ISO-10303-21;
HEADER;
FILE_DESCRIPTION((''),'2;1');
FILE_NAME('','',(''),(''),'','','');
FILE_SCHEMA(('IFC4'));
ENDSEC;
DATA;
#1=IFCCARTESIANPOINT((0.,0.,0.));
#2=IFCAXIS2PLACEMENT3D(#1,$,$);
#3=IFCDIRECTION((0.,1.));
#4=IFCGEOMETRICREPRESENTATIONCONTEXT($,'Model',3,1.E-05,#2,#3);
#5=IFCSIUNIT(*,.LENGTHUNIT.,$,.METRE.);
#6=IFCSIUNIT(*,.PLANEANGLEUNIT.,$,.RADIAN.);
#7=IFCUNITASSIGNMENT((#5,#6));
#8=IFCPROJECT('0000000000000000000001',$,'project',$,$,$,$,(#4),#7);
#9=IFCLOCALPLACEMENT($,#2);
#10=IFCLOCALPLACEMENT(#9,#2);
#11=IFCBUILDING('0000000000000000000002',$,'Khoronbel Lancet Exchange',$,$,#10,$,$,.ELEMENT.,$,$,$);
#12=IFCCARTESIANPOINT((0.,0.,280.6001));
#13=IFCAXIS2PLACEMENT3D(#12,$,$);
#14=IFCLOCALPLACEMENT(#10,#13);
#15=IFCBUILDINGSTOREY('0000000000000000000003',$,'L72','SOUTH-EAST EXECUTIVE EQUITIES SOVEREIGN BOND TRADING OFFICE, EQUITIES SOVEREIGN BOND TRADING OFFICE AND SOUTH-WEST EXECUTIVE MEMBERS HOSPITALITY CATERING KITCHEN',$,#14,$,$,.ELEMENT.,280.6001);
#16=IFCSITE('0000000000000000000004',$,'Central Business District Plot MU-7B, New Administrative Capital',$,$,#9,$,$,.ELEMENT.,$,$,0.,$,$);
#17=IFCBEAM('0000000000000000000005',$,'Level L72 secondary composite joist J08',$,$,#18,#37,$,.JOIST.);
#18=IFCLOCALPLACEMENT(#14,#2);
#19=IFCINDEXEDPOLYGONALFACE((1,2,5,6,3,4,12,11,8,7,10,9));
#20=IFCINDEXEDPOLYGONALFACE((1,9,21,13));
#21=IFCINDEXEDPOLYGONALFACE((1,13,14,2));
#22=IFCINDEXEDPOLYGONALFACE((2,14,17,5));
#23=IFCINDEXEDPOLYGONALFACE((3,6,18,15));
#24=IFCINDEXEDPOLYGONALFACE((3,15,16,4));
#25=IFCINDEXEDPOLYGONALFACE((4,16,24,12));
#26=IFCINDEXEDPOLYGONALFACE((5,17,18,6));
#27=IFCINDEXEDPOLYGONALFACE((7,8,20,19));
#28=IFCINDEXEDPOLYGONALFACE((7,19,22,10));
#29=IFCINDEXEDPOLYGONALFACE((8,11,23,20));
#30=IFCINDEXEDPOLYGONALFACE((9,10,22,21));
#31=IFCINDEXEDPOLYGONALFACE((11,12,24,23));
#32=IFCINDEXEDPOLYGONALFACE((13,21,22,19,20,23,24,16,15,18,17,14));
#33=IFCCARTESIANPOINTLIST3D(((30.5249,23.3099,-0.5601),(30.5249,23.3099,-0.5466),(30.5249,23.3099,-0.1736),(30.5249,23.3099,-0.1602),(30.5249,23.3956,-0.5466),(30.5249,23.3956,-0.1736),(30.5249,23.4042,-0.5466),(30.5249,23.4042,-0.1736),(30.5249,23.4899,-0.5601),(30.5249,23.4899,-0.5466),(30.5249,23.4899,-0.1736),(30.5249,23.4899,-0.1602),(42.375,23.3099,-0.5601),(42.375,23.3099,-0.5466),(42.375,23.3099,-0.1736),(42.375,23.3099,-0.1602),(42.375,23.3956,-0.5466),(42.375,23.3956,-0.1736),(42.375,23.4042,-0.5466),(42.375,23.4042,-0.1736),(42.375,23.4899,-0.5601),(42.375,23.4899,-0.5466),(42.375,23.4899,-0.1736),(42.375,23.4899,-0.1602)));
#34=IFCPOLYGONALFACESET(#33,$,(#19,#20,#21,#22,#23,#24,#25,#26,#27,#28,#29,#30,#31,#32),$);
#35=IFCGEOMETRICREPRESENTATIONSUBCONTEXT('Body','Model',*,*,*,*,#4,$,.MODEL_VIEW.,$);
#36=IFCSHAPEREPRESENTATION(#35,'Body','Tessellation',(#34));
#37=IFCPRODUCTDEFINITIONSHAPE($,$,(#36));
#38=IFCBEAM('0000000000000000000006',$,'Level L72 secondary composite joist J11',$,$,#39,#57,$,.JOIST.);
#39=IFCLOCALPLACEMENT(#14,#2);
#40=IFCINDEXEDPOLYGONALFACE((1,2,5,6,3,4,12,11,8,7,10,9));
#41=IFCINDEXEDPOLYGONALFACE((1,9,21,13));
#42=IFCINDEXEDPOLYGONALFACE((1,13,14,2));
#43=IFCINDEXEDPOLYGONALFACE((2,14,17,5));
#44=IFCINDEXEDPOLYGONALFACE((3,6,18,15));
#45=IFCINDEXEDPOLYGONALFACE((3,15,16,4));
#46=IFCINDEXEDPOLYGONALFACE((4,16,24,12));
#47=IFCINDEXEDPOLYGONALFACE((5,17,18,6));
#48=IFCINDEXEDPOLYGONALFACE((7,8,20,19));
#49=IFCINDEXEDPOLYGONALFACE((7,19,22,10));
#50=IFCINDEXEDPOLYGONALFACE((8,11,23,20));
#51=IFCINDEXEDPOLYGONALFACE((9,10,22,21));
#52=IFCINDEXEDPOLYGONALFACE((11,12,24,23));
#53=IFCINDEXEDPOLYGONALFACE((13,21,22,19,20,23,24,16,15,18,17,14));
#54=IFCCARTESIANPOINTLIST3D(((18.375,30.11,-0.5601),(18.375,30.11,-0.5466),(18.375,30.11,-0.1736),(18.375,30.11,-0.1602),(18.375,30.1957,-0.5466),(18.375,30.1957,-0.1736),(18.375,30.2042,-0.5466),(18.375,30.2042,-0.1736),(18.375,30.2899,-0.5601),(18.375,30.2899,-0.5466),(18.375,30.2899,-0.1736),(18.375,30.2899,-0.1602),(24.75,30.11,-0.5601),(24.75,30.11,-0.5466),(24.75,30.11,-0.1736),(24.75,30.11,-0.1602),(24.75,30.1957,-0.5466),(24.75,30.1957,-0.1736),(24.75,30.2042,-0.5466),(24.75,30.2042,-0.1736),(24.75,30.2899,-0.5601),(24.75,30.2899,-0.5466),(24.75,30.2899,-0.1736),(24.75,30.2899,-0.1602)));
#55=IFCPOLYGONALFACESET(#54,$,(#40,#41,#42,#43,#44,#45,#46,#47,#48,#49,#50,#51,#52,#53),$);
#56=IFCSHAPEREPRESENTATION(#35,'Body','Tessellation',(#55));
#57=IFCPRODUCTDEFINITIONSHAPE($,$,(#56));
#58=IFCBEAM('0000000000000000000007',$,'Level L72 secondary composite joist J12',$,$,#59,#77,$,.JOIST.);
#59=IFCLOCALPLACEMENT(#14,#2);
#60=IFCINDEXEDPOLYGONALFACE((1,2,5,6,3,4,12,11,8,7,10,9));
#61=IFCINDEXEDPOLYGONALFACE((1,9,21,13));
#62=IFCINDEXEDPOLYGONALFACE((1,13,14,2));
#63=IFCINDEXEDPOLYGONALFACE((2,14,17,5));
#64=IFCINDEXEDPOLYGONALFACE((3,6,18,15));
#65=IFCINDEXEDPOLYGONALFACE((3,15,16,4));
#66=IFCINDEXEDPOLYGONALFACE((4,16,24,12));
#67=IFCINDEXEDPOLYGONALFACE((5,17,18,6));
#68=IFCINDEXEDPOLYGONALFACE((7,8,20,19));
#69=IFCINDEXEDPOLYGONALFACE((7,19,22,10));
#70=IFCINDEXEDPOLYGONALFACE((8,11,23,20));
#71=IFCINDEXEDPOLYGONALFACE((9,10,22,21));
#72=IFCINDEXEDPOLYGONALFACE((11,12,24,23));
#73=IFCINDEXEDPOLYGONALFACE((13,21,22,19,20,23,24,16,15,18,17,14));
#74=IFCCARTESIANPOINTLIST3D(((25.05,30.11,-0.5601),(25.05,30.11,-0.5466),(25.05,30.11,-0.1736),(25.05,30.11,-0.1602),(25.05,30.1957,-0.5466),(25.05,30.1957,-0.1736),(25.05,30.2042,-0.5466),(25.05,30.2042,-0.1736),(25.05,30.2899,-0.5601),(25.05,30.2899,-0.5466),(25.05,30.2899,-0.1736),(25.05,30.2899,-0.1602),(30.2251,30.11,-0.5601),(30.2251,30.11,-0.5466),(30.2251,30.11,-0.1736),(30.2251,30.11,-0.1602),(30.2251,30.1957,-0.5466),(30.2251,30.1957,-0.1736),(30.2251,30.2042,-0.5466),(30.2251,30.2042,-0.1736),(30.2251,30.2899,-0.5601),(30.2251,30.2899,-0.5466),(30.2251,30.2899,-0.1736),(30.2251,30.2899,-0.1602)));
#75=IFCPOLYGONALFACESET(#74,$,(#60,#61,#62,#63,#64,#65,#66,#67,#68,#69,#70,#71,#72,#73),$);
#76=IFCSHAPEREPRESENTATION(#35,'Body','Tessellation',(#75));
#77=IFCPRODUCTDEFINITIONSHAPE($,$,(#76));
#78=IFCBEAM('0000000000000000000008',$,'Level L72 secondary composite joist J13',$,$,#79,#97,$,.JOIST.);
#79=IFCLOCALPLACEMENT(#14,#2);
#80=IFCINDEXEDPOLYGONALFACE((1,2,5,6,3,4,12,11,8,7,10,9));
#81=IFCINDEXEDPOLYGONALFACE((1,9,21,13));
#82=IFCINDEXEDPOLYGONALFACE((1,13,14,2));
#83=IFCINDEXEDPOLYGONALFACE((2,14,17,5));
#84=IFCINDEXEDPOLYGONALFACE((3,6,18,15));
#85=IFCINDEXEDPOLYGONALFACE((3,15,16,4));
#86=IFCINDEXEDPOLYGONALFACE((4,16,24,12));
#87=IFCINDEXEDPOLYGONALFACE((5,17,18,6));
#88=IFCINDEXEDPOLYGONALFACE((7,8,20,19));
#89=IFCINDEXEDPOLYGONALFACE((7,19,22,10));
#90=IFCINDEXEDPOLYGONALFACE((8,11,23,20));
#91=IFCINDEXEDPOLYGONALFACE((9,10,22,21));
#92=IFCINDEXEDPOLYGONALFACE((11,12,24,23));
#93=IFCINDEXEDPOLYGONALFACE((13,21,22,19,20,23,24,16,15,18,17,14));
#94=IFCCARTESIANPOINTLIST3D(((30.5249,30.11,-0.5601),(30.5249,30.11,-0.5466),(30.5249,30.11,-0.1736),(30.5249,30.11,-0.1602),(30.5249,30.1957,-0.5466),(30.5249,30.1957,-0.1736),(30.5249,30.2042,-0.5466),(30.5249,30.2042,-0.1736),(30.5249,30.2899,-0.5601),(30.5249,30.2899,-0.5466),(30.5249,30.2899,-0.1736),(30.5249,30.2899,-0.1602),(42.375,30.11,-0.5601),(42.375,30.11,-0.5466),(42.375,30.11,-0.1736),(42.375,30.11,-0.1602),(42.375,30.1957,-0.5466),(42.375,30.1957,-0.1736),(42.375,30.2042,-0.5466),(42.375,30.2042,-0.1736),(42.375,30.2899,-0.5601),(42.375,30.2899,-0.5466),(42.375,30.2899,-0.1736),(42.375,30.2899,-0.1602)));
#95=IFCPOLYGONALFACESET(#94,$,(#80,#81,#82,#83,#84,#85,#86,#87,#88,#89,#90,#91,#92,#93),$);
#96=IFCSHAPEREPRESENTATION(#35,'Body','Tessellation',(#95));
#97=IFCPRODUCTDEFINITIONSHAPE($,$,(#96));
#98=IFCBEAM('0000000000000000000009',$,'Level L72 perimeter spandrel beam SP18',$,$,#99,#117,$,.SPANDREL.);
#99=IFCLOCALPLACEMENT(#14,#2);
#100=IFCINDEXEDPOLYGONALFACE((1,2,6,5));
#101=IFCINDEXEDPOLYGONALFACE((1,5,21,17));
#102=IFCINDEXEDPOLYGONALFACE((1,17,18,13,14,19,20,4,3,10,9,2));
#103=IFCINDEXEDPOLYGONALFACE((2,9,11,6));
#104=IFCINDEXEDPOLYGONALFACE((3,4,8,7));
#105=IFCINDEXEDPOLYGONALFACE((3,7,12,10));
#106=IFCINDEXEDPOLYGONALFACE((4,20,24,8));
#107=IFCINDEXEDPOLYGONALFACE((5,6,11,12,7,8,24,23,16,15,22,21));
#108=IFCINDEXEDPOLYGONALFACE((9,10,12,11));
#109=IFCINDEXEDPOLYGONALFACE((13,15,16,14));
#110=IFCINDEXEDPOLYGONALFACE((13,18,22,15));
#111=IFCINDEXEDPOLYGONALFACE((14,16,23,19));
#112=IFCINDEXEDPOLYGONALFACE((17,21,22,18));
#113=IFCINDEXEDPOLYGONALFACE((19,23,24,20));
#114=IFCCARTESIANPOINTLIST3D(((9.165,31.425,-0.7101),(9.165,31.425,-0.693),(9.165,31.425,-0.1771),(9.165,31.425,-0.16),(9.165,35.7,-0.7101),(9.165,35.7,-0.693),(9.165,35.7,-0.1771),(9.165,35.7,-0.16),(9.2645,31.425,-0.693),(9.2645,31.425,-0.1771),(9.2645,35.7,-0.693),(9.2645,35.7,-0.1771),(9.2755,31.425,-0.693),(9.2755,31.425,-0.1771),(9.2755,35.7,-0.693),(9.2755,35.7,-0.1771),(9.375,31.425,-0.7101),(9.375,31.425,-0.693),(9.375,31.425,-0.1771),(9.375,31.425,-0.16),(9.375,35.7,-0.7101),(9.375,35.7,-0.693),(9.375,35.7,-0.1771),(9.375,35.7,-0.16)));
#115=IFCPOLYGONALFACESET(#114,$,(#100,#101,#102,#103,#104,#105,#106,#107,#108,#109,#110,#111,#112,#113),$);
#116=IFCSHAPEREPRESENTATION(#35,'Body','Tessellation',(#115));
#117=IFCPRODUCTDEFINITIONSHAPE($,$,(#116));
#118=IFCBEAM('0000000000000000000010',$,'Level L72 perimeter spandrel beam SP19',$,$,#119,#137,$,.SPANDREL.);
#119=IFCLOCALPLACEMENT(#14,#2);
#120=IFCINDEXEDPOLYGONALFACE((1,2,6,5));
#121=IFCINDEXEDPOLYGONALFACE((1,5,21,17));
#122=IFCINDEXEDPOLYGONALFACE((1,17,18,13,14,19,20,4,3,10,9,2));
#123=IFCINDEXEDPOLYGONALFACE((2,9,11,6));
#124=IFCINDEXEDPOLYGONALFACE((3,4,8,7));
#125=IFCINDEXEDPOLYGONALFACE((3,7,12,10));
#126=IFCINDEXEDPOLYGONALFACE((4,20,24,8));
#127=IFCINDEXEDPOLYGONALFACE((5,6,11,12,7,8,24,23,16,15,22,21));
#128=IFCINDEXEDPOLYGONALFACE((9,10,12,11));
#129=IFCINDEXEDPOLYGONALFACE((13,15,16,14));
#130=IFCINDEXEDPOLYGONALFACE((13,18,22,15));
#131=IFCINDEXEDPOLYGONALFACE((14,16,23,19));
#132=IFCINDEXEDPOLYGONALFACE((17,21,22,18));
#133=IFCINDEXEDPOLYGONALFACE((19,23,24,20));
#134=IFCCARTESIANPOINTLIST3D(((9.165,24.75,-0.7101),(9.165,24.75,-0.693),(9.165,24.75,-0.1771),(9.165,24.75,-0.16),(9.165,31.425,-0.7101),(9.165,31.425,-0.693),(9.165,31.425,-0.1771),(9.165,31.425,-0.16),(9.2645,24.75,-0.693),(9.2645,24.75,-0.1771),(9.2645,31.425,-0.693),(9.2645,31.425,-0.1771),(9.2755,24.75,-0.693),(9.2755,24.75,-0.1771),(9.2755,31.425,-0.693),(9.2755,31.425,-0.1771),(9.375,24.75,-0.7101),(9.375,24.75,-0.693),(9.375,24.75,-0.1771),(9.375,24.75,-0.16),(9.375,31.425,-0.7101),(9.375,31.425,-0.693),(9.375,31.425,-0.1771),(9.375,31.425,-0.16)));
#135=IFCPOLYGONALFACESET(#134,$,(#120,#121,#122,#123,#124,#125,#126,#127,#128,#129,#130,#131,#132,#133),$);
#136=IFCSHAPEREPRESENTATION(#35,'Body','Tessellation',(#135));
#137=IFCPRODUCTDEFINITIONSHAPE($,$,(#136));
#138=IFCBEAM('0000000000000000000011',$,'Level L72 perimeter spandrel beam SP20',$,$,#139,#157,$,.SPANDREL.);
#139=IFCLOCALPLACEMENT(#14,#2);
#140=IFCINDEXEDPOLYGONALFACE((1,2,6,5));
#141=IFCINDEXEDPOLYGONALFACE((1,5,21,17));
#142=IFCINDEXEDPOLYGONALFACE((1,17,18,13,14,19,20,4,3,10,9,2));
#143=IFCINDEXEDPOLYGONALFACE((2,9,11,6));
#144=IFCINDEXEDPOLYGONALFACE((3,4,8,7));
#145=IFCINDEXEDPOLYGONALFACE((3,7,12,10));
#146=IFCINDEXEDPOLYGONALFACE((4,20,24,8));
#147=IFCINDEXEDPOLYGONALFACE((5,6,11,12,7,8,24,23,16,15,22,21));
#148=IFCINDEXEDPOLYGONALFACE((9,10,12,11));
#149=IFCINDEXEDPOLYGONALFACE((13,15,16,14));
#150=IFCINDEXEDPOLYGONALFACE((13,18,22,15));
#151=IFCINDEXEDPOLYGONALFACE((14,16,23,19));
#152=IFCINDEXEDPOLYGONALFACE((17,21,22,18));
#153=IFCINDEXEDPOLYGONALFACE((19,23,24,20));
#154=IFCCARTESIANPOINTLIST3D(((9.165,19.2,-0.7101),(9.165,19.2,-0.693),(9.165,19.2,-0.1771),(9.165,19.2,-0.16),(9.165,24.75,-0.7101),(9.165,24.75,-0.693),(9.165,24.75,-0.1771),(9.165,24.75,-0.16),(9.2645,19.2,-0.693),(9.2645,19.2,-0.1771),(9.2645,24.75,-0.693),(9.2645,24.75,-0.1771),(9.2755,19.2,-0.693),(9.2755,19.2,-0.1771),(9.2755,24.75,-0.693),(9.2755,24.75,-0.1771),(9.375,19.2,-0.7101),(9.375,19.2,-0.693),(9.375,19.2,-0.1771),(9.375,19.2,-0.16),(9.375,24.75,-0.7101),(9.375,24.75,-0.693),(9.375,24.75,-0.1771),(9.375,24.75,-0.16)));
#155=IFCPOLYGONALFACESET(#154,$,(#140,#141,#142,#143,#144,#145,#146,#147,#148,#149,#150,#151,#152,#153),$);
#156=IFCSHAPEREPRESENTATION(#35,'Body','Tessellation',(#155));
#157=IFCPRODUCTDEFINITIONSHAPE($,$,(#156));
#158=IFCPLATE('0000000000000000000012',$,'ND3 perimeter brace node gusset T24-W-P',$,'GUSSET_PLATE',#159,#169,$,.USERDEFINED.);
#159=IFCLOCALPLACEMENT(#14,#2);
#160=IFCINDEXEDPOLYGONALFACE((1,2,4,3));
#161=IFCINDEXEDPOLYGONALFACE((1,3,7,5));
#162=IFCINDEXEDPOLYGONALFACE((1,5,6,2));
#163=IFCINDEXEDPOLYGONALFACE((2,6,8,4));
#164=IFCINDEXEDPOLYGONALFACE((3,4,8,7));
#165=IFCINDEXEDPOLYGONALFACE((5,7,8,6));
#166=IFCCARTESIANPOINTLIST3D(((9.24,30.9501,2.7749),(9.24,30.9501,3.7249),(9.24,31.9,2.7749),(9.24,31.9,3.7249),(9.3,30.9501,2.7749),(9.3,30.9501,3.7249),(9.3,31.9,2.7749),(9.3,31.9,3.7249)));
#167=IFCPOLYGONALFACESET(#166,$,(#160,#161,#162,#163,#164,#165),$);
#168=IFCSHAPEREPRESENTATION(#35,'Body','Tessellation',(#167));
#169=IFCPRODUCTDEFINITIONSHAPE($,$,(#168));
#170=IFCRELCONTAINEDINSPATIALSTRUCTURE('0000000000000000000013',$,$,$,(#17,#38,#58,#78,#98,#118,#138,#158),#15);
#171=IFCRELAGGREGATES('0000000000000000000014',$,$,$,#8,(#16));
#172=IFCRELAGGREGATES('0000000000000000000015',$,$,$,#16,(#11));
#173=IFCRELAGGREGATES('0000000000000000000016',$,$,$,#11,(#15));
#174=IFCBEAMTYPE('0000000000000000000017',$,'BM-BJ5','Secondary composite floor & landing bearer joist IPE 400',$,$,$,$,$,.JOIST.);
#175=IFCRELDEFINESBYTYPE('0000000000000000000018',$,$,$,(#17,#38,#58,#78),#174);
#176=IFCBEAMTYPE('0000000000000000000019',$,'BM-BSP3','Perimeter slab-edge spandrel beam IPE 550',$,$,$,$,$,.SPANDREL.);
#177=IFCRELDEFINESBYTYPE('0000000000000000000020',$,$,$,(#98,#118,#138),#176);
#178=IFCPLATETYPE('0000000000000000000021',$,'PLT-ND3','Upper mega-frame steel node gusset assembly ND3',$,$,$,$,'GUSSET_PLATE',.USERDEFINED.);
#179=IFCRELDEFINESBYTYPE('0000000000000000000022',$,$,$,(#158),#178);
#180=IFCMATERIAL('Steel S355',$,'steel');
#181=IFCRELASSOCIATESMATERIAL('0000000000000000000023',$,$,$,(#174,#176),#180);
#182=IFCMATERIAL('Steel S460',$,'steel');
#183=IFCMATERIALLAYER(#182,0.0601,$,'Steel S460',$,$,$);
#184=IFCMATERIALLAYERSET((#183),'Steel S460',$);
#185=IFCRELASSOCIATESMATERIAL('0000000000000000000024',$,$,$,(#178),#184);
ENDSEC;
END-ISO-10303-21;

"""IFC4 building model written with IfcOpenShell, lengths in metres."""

from ifc_helpers import new_model, si_unit, direction, frame, origin, origin_2d, place, context, subcontext, project, spatial, rectangle, i_section, extrude, material, layer, layer_set, material_profile, profile_set, type_object, element, save


model = new_model("IFC4")

# Units and contexts
model_context = context("Model", 3, precision=1e-05, world=origin(), true_north=direction((0.0, 1.0)))
body_context = subcontext(model_context, "Body", "Model", "MODEL_VIEW")
ifc_project = project(units=[si_unit("LENGTHUNIT", "METRE"), si_unit("PLANEANGLEUNIT", "RADIAN")], contexts=[model_context])

# Site, building, storey
site_placement = place(None, origin())
site = spatial("IfcSite", under=ifc_project, at=site_placement, Name="Central Business District Plot MU-7B, New Administrative Capital", CompositionType="ELEMENT", RefElevation=0.0)
building_placement = place(site_placement, origin())
building = spatial("IfcBuilding", under=site, at=building_placement, Name="Khoronbel Lancet Exchange", CompositionType="ELEMENT")
storey_placement = place(building_placement, frame((0.0, 0.0, 280.6001)))
storey = spatial("IfcBuildingStorey", under=building, at=storey_placement, Name="L72", Description="SOUTH-EAST EXECUTIVE EQUITIES SOVEREIGN BOND TRADING OFFICE, EQUITIES SOVEREIGN BOND TRADING OFFICE AND SOUTH-WEST EXECUTIVE MEMBERS HOSPITALITY CATERING KITCHEN", CompositionType="ELEMENT", Elevation=280.6001)

# Shared definitions
ifc_material_1 = material(Name="Steel S355", Category="steel")

# Beams
ifc_material_profile_1 = material_profile(ifc_material_1, i_section(OverallWidth=0.1799, OverallDepth=0.3999, WebThickness=0.0085, FlangeThickness=0.0134, at=origin_2d()), Name="IPE 400")
ifc_profile_set_1 = profile_set([ifc_material_profile_1], Name="Steel S355")
beam_type_1 = type_object("IfcBeamType", Name="BM-BJ5", Description="Secondary composite floor & landing bearer joist IPE 400", PredefinedType="JOIST", material=ifc_profile_set_1)
beam_1_placement = place(storey_placement, frame((30.5249, 23.3999, -0.3601), z_axis=(1.0, 0.0, 0.0), x_axis=(0.0, 1.0, 0.0)))
element("IfcBeam", 1, at=beam_1_placement, inside=storey, type_object=beam_type_1, Name="Level L72 secondary composite joist J08", PredefinedType="JOIST", context=body_context, shape_type="SweptSolid", body=[
    extrude(i_section(OverallWidth=0.1799, OverallDepth=0.3999, WebThickness=0.0085, FlangeThickness=0.0134, at=origin_2d()), origin(), (0.0, 0.0, 1.0), 11.8501),
])
beam_2_placement = place(storey_placement, frame((18.375, 30.2, -0.3601), z_axis=(1.0, 0.0, 0.0), x_axis=(0.0, 1.0, 0.0)))
element("IfcBeam", 2, at=beam_2_placement, inside=storey, type_object=beam_type_1, Name="Level L72 secondary composite joist J11", PredefinedType="JOIST", context=body_context, shape_type="SweptSolid", body=[
    extrude(i_section(OverallWidth=0.1799, OverallDepth=0.3999, WebThickness=0.0085, FlangeThickness=0.0134, at=origin_2d()), origin(), (0.0, 0.0, 1.0), 6.375),
])
beam_3_placement = place(storey_placement, frame((25.05, 30.2, -0.3601), z_axis=(1.0, 0.0, 0.0), x_axis=(0.0, 1.0, 0.0)))
element("IfcBeam", 3, at=beam_3_placement, inside=storey, type_object=beam_type_1, Name="Level L72 secondary composite joist J12", PredefinedType="JOIST", context=body_context, shape_type="SweptSolid", body=[
    extrude(i_section(OverallWidth=0.1799, OverallDepth=0.3999, WebThickness=0.0085, FlangeThickness=0.0134, at=origin_2d()), origin(), (0.0, 0.0, 1.0), 5.175),
])
beam_4_placement = place(storey_placement, frame((30.5249, 30.2, -0.3601), z_axis=(1.0, 0.0, 0.0), x_axis=(0.0, 1.0, 0.0)))
element("IfcBeam", 4, at=beam_4_placement, inside=storey, type_object=beam_type_1, Name="Level L72 secondary composite joist J13", PredefinedType="JOIST", context=body_context, shape_type="SweptSolid", body=[
    extrude(i_section(OverallWidth=0.1799, OverallDepth=0.3999, WebThickness=0.0085, FlangeThickness=0.0134, at=origin_2d()), origin(), (0.0, 0.0, 1.0), 11.8501),
])
ifc_material_profile_2 = material_profile(ifc_material_1, i_section(OverallWidth=0.21, OverallDepth=0.55, WebThickness=0.011, FlangeThickness=0.0171, at=origin_2d()), Name="IPE 550")
ifc_profile_set_2 = profile_set([ifc_material_profile_2], Name="Steel S355")
beam_type_2 = type_object("IfcBeamType", Name="BM-BSP3", Description="Perimeter slab-edge spandrel beam IPE 550", PredefinedType="SPANDREL", material=ifc_profile_set_2)
beam_5_placement = place(storey_placement, frame((9.27, 35.7, -0.4351), z_axis=(0.0, -1.0, 0.0), x_axis=(1.0, 0.0, 0.0)))
element("IfcBeam", 5, at=beam_5_placement, inside=storey, type_object=beam_type_2, Name="Level L72 perimeter spandrel beam SP18", PredefinedType="SPANDREL", context=body_context, shape_type="SweptSolid", body=[
    extrude(i_section(OverallWidth=0.21, OverallDepth=0.55, WebThickness=0.011, FlangeThickness=0.0171, at=origin_2d()), origin(), (0.0, 0.0, 1.0), 4.2749),
])
beam_6_placement = place(storey_placement, frame((9.27, 31.425, -0.4351), z_axis=(0.0, -1.0, 0.0), x_axis=(1.0, 0.0, 0.0)))
element("IfcBeam", 6, at=beam_6_placement, inside=storey, type_object=beam_type_2, Name="Level L72 perimeter spandrel beam SP19", PredefinedType="SPANDREL", context=body_context, shape_type="SweptSolid", body=[
    extrude(i_section(OverallWidth=0.21, OverallDepth=0.55, WebThickness=0.011, FlangeThickness=0.0171, at=origin_2d()), origin(), (0.0, 0.0, 1.0), 6.675),
])
beam_7_placement = place(storey_placement, frame((9.27, 24.75, -0.4351), z_axis=(0.0, -1.0, 0.0), x_axis=(1.0, 0.0, 0.0)))
element("IfcBeam", 7, at=beam_7_placement, inside=storey, type_object=beam_type_2, Name="Level L72 perimeter spandrel beam SP20", PredefinedType="SPANDREL", context=body_context, shape_type="SweptSolid", body=[
    extrude(i_section(OverallWidth=0.21, OverallDepth=0.55, WebThickness=0.011, FlangeThickness=0.0171, at=origin_2d()), origin(), (0.0, 0.0, 1.0), 5.55),
])

# Plate
ifc_material_2 = material(Name="Steel S460", Category="steel")
ifc_layer_1 = layer(ifc_material_2, 0.0601, Name="Steel S460")
ifc_layer_set_1 = layer_set([ifc_layer_1], Name="Steel S460")
plate_type = type_object("IfcPlateType", Name="PLT-ND3", Description="Upper mega-frame steel node gusset assembly ND3", ElementType="GUSSET_PLATE", PredefinedType="USERDEFINED", material=ifc_layer_set_1)
plate_placement = place(storey_placement, frame((9.27, 31.425, 2.7749), z_axis=(0.0, 0.0, 1.0), x_axis=(0.0, 1.0, 0.0)))
element("IfcPlate", 8, at=plate_placement, inside=storey, type_object=plate_type, Name="ND3 perimeter brace node gusset T24-W-P", ObjectType="GUSSET_PLATE", PredefinedType="USERDEFINED", context=body_context, shape_type="SweptSolid", body=[
    extrude(rectangle(XDim=0.95, YDim=0.0601, at=origin_2d()), origin(), (0.0, 0.0, 1.0), 0.95),
])

save(model, "model.ifc")
